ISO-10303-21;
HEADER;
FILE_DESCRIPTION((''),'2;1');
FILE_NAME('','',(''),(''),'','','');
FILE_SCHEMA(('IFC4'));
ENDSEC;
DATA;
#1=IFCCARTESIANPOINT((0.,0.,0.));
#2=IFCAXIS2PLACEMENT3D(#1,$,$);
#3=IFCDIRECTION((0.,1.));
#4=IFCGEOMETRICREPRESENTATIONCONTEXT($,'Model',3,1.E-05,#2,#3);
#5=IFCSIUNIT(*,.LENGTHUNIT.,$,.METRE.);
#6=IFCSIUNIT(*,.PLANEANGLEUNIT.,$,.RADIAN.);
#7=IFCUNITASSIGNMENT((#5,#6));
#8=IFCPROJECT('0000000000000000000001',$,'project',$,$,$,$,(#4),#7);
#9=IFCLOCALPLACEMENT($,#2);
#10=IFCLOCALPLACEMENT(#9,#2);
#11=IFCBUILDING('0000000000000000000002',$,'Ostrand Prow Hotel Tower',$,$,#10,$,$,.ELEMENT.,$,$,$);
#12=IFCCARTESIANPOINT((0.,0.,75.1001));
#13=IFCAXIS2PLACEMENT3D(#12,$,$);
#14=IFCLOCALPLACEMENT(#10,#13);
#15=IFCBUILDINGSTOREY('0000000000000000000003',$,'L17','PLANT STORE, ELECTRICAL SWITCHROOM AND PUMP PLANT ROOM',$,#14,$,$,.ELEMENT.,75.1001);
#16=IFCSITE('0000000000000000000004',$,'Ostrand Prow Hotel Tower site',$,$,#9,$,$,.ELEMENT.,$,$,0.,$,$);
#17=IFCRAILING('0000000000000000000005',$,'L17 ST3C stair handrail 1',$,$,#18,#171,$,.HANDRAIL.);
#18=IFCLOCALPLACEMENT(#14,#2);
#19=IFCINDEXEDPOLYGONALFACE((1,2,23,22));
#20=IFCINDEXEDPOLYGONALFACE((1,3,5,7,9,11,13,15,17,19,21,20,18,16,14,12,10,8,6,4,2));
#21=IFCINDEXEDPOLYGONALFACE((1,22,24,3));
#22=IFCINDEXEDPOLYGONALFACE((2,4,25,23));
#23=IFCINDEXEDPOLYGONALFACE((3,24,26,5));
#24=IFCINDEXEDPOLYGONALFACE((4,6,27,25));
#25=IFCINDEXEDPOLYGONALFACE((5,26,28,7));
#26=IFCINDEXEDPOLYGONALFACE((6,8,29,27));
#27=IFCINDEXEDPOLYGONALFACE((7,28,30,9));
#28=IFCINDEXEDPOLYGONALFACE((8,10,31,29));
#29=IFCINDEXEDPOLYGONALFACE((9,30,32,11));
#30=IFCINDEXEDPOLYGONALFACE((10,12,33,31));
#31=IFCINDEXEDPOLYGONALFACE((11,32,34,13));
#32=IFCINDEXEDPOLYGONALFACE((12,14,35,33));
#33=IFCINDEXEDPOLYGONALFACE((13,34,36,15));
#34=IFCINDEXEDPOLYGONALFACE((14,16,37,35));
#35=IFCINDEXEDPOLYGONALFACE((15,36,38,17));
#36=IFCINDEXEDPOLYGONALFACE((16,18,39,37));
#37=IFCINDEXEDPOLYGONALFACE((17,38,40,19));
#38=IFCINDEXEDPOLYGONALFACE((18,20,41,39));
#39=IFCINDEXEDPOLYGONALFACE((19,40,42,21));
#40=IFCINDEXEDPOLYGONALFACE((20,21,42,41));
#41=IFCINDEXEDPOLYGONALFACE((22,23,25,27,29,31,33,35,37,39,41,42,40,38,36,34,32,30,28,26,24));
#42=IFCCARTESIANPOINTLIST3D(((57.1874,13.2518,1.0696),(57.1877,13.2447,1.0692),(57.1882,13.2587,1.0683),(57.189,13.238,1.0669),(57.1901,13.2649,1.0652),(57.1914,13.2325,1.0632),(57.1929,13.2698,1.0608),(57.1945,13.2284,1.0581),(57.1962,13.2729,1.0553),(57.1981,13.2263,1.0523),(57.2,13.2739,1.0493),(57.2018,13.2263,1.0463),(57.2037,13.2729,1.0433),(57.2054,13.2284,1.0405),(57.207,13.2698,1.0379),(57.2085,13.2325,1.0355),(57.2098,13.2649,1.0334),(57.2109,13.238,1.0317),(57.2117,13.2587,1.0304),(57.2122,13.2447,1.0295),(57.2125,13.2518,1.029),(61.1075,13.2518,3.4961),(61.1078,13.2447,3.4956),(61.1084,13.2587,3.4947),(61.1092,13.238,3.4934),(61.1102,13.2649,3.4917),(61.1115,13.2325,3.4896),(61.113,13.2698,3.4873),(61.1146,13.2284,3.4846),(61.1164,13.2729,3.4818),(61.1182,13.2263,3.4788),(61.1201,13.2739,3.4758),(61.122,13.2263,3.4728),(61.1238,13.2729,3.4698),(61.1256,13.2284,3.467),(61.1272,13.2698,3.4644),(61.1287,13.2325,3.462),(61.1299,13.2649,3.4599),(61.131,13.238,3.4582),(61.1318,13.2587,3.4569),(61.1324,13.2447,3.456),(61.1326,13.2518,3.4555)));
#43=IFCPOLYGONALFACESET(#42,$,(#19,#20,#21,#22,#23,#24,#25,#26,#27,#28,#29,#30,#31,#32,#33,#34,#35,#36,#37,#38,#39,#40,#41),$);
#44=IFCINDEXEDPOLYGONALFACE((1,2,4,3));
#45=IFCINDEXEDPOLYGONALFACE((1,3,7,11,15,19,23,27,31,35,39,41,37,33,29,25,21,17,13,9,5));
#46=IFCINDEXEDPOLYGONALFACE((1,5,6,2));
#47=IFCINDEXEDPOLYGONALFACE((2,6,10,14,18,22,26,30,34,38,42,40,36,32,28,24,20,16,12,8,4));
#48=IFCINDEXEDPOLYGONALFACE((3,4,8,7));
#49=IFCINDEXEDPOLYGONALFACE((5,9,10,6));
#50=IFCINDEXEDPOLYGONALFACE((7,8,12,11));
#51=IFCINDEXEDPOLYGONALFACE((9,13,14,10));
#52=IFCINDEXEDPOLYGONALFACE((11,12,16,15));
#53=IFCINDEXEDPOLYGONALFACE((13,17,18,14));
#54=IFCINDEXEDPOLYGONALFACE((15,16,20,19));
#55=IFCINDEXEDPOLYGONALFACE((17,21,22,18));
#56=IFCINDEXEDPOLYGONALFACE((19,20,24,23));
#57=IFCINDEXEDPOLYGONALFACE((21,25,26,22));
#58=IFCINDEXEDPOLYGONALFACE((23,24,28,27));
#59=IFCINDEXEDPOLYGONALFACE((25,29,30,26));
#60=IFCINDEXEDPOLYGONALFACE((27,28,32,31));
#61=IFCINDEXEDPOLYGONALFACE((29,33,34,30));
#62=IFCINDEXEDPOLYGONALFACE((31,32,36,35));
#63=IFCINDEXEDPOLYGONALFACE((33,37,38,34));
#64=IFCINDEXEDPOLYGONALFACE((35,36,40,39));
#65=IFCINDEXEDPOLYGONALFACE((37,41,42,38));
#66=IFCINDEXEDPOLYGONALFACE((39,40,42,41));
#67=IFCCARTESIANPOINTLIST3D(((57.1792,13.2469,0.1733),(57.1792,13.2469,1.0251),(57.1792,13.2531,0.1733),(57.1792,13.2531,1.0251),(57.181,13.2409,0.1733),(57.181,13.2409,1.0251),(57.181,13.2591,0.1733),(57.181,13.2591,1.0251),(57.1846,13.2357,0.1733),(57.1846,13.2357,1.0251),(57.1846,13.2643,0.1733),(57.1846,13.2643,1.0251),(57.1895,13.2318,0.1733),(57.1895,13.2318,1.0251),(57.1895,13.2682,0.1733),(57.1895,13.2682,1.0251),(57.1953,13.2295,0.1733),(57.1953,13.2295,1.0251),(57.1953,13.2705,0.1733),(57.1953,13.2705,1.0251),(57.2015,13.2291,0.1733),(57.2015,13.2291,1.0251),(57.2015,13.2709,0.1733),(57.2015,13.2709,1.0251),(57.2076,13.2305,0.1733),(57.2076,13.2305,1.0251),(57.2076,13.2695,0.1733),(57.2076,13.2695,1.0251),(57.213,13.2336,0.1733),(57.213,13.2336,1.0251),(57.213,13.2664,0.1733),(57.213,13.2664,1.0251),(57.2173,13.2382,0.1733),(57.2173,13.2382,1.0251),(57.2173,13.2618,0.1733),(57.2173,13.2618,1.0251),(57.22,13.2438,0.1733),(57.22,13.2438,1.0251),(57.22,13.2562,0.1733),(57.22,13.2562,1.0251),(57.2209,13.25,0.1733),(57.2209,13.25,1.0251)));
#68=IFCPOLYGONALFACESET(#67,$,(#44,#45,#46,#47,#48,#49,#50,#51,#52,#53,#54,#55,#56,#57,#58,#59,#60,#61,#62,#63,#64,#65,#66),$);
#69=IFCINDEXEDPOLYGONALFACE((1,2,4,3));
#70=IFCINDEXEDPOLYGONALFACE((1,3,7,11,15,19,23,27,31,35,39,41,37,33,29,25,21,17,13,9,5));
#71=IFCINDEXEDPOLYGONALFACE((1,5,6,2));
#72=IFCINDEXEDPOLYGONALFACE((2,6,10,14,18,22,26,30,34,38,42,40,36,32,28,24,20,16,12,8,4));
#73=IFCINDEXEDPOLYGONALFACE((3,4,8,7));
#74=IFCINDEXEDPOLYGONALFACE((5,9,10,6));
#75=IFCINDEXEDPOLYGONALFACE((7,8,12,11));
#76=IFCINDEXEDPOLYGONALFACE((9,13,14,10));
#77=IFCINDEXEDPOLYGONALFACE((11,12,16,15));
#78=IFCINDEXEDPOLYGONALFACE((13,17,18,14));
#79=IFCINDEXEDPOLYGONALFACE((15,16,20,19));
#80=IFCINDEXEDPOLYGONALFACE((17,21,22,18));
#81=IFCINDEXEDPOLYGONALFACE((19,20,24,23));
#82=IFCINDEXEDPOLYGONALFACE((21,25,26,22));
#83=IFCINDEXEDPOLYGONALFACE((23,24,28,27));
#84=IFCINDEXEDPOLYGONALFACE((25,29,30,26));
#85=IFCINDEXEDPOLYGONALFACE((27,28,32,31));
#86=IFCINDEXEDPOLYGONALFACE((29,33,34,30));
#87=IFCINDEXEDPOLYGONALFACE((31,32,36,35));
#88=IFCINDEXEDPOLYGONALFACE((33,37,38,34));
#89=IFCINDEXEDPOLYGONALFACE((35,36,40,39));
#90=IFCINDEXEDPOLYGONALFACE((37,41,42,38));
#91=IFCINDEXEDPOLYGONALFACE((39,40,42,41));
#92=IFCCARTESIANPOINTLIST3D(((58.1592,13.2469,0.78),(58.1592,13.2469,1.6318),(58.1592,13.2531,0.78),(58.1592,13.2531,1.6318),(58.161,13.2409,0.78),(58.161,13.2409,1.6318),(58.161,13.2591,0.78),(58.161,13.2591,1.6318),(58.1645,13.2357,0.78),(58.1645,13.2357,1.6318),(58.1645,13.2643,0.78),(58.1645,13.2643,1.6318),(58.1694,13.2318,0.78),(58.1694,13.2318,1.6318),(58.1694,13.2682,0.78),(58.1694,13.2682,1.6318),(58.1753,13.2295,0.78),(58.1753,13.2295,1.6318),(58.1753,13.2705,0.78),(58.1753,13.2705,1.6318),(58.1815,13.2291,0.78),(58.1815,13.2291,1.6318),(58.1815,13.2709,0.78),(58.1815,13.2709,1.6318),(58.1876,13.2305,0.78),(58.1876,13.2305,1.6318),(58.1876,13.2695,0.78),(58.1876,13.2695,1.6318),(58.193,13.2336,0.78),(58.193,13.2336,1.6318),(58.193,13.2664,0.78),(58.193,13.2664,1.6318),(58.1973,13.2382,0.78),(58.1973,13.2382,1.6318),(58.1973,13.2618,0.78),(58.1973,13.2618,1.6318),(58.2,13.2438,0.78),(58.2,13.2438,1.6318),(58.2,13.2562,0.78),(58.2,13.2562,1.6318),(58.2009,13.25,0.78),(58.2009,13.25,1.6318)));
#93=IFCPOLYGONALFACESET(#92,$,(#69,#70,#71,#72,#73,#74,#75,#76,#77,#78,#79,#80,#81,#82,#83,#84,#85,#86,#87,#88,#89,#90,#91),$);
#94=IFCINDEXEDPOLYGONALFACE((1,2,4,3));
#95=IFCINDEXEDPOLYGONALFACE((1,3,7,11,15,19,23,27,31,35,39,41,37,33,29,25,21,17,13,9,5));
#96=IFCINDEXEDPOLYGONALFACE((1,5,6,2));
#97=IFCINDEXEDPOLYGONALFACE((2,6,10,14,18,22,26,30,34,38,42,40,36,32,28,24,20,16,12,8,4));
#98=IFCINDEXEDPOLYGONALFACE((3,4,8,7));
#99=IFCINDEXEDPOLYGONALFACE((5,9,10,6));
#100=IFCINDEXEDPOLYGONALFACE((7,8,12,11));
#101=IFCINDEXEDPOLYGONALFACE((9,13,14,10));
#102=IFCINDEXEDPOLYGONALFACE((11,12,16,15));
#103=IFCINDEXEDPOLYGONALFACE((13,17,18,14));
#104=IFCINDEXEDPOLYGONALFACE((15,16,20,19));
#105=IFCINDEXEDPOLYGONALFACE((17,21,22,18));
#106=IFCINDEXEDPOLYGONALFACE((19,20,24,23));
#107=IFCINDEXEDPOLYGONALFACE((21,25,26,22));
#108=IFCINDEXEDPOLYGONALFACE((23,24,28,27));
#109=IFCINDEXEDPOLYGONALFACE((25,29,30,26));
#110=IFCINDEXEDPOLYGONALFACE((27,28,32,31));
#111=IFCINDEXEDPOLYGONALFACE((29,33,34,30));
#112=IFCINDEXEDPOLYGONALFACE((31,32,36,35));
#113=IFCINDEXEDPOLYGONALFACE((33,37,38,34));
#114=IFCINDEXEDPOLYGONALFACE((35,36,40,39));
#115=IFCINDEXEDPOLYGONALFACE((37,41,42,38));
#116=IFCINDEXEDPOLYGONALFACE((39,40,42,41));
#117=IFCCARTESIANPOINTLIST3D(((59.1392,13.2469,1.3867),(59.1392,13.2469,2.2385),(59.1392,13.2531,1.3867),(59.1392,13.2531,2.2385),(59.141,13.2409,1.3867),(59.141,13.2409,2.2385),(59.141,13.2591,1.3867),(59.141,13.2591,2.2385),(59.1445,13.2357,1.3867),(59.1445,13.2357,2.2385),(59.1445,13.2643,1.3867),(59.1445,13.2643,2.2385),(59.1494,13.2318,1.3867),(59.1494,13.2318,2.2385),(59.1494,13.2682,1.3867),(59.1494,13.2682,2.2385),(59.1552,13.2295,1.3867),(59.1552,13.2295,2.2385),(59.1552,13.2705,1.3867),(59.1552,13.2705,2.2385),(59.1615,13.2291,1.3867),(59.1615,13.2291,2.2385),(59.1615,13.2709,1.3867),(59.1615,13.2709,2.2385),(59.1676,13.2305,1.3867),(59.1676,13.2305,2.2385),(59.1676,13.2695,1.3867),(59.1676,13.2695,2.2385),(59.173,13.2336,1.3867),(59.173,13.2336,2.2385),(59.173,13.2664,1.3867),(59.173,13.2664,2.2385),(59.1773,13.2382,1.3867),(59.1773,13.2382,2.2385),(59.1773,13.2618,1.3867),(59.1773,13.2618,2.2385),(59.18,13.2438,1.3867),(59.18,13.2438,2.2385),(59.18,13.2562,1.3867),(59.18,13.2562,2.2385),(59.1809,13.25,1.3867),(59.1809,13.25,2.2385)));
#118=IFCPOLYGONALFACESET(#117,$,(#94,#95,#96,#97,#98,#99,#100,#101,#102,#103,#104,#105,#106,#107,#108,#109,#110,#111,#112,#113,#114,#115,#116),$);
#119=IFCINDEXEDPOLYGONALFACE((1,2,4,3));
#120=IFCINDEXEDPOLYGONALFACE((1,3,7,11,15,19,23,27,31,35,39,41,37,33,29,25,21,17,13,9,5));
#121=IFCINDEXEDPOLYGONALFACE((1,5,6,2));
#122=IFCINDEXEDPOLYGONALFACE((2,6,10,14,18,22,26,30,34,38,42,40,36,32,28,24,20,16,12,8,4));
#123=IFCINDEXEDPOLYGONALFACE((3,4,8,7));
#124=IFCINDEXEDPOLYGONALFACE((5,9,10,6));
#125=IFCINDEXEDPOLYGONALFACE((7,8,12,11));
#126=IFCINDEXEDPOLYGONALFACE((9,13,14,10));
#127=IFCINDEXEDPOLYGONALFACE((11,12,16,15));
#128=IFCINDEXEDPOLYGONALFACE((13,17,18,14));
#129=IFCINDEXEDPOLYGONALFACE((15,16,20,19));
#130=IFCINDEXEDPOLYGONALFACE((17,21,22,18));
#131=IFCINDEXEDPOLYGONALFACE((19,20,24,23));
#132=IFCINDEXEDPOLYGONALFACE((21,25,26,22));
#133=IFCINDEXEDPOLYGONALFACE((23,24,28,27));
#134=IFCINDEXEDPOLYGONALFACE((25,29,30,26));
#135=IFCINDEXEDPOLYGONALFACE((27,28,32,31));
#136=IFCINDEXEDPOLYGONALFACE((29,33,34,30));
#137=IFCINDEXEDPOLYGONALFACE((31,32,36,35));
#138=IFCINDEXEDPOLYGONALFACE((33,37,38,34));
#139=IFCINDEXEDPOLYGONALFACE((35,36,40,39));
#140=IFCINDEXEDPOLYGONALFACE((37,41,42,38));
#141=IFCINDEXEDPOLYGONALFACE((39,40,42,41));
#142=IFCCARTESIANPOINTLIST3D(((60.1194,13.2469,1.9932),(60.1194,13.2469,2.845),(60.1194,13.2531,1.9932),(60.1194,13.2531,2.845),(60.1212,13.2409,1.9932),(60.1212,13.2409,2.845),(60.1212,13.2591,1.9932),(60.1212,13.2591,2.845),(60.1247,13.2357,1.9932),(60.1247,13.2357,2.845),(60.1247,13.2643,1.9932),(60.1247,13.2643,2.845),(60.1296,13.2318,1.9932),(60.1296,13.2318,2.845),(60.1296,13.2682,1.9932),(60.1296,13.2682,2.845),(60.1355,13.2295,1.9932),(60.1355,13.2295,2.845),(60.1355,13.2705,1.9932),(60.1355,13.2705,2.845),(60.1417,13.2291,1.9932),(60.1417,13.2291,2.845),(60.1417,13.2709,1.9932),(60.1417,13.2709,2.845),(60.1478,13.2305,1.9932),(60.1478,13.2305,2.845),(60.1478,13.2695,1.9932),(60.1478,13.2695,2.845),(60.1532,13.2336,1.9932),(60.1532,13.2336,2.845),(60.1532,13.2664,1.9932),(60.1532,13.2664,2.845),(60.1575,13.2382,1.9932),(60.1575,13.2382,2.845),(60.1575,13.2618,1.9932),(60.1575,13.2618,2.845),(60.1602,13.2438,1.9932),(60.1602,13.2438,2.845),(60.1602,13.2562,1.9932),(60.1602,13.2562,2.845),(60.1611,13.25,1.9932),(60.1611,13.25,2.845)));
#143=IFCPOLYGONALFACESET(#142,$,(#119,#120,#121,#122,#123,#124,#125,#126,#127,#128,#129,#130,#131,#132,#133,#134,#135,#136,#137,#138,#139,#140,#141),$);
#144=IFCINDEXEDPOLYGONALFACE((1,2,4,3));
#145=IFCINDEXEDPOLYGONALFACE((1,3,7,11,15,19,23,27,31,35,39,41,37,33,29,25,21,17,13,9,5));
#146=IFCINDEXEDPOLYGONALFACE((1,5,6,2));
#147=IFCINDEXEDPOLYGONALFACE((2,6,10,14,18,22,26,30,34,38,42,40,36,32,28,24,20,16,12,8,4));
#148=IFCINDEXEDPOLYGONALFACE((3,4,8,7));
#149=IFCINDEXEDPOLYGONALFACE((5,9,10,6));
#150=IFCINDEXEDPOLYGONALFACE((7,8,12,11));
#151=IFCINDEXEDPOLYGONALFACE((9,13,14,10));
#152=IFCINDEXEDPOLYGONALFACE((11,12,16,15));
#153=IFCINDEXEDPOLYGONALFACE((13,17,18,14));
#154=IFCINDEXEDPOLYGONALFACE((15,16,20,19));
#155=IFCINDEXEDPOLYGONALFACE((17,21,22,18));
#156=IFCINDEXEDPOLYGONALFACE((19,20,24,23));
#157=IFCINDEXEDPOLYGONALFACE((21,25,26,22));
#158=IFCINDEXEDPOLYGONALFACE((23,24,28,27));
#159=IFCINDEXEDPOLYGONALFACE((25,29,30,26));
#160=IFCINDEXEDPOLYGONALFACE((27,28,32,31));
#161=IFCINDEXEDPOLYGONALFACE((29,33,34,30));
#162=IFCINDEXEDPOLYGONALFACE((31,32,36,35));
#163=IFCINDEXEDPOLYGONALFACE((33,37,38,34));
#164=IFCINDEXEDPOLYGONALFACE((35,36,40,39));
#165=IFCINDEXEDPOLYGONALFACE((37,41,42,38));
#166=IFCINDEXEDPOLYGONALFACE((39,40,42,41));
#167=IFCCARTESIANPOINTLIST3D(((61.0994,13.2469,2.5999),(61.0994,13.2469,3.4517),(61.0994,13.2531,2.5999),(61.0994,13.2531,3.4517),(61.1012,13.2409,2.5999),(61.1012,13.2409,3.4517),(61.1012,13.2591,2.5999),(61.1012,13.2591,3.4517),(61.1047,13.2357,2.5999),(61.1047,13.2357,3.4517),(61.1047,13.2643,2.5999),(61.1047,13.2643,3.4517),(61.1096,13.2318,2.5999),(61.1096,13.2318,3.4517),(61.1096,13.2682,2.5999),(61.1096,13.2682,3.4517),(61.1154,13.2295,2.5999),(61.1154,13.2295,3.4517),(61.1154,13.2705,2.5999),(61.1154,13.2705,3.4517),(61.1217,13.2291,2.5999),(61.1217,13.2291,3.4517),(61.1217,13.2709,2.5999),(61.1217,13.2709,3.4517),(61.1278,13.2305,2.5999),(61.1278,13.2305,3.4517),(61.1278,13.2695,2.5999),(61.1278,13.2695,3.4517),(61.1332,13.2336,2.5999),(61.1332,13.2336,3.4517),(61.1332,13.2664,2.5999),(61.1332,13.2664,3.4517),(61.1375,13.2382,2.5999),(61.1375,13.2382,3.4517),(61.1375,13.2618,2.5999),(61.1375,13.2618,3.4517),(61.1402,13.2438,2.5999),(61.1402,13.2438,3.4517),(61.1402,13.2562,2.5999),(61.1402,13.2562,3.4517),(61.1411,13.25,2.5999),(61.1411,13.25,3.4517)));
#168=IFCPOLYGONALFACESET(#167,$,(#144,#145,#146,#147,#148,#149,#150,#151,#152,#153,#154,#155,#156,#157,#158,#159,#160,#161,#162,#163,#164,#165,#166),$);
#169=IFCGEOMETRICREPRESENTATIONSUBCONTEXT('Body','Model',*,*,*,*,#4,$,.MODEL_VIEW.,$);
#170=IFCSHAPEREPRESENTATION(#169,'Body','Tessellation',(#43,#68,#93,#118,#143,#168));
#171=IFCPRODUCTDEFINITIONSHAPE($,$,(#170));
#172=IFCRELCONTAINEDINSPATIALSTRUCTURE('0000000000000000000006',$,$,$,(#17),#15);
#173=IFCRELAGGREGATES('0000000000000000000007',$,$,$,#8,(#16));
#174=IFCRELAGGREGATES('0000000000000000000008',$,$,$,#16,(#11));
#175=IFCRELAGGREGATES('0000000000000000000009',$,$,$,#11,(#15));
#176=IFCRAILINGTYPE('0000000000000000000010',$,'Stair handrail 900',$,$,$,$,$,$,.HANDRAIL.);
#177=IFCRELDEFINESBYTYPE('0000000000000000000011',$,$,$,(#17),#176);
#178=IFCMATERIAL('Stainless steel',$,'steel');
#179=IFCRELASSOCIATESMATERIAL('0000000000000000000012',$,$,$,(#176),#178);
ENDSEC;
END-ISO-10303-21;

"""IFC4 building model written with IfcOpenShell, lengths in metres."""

from ifc_helpers import new_model, si_unit, direction, frame, origin, origin_2d, place, context, subcontext, project, spatial, circle, extrude, material, type_object, element, save


model = new_model("IFC4")

# Units and contexts
model_context = context("Model", 3, precision=1e-05, world=origin(), true_north=direction((0.0, 1.0)))
body_context = subcontext(model_context, "Body", "Model", "MODEL_VIEW")
ifc_project = project(units=[si_unit("LENGTHUNIT", "METRE"), si_unit("PLANEANGLEUNIT", "RADIAN")], contexts=[model_context])

# Site, building, storey
site_placement = place(None, origin())
site = spatial("IfcSite", under=ifc_project, at=site_placement, Name="Ostrand Prow Hotel Tower site", CompositionType="ELEMENT", RefElevation=0.0)
building_placement = place(site_placement, origin())
building = spatial("IfcBuilding", under=site, at=building_placement, Name="Ostrand Prow Hotel Tower", CompositionType="ELEMENT")
storey_placement = place(building_placement, frame((0.0, 0.0, 75.1001)))
storey = spatial("IfcBuildingStorey", under=building, at=storey_placement, Name="L17", Description="PLANT STORE, ELECTRICAL SWITCHROOM AND PUMP PLANT ROOM", CompositionType="ELEMENT", Elevation=75.1001)

# Railing
ifc_material_1 = material(Name="Stainless steel", Category="steel")
railing_type_1 = type_object("IfcRailingType", Name="Stair handrail 900", PredefinedType="HANDRAIL", material=ifc_material_1)
for number, where, name in (
    (1, (57.2, 13.25, 0.1733), "L17 ST3C stair handrail 1"),
):
    element("IfcRailing", number, at=place(storey_placement, frame(where)), inside=storey, type_object=railing_type_1, Name=name, PredefinedType="HANDRAIL", context=body_context, shape_type="SweptSolid", body=[
        extrude(circle(Radius=0.0239, at=origin_2d()), frame((0.0, 0.0, 0.876), z_axis=(0.85029, 0.0, 0.526315), x_axis=(0.0, 1.0, 0.0)), (0.0, 0.0, 1.0), 4.6104),
        extrude(circle(Radius=0.021, at=origin_2d()), origin(), (0.0, 0.0, 1.0), 0.8518),
        extrude(circle(Radius=0.021, at=origin_2d()), frame((0.98, 0.0, 0.6067)), (0.0, 0.0, 1.0), 0.8518),
        extrude(circle(Radius=0.021, at=origin_2d()), frame((1.96, 0.0, 1.2134)), (0.0, 0.0, 1.0), 0.8518),
        extrude(circle(Radius=0.021, at=origin_2d()), frame((2.9402, 0.0, 1.8198)), (0.0, 0.0, 1.0), 0.8518),
        extrude(circle(Radius=0.021, at=origin_2d()), frame((3.9202, 0.0, 2.4265)), (0.0, 0.0, 1.0), 0.8518),
    ])

save(model, "model.ifc")
